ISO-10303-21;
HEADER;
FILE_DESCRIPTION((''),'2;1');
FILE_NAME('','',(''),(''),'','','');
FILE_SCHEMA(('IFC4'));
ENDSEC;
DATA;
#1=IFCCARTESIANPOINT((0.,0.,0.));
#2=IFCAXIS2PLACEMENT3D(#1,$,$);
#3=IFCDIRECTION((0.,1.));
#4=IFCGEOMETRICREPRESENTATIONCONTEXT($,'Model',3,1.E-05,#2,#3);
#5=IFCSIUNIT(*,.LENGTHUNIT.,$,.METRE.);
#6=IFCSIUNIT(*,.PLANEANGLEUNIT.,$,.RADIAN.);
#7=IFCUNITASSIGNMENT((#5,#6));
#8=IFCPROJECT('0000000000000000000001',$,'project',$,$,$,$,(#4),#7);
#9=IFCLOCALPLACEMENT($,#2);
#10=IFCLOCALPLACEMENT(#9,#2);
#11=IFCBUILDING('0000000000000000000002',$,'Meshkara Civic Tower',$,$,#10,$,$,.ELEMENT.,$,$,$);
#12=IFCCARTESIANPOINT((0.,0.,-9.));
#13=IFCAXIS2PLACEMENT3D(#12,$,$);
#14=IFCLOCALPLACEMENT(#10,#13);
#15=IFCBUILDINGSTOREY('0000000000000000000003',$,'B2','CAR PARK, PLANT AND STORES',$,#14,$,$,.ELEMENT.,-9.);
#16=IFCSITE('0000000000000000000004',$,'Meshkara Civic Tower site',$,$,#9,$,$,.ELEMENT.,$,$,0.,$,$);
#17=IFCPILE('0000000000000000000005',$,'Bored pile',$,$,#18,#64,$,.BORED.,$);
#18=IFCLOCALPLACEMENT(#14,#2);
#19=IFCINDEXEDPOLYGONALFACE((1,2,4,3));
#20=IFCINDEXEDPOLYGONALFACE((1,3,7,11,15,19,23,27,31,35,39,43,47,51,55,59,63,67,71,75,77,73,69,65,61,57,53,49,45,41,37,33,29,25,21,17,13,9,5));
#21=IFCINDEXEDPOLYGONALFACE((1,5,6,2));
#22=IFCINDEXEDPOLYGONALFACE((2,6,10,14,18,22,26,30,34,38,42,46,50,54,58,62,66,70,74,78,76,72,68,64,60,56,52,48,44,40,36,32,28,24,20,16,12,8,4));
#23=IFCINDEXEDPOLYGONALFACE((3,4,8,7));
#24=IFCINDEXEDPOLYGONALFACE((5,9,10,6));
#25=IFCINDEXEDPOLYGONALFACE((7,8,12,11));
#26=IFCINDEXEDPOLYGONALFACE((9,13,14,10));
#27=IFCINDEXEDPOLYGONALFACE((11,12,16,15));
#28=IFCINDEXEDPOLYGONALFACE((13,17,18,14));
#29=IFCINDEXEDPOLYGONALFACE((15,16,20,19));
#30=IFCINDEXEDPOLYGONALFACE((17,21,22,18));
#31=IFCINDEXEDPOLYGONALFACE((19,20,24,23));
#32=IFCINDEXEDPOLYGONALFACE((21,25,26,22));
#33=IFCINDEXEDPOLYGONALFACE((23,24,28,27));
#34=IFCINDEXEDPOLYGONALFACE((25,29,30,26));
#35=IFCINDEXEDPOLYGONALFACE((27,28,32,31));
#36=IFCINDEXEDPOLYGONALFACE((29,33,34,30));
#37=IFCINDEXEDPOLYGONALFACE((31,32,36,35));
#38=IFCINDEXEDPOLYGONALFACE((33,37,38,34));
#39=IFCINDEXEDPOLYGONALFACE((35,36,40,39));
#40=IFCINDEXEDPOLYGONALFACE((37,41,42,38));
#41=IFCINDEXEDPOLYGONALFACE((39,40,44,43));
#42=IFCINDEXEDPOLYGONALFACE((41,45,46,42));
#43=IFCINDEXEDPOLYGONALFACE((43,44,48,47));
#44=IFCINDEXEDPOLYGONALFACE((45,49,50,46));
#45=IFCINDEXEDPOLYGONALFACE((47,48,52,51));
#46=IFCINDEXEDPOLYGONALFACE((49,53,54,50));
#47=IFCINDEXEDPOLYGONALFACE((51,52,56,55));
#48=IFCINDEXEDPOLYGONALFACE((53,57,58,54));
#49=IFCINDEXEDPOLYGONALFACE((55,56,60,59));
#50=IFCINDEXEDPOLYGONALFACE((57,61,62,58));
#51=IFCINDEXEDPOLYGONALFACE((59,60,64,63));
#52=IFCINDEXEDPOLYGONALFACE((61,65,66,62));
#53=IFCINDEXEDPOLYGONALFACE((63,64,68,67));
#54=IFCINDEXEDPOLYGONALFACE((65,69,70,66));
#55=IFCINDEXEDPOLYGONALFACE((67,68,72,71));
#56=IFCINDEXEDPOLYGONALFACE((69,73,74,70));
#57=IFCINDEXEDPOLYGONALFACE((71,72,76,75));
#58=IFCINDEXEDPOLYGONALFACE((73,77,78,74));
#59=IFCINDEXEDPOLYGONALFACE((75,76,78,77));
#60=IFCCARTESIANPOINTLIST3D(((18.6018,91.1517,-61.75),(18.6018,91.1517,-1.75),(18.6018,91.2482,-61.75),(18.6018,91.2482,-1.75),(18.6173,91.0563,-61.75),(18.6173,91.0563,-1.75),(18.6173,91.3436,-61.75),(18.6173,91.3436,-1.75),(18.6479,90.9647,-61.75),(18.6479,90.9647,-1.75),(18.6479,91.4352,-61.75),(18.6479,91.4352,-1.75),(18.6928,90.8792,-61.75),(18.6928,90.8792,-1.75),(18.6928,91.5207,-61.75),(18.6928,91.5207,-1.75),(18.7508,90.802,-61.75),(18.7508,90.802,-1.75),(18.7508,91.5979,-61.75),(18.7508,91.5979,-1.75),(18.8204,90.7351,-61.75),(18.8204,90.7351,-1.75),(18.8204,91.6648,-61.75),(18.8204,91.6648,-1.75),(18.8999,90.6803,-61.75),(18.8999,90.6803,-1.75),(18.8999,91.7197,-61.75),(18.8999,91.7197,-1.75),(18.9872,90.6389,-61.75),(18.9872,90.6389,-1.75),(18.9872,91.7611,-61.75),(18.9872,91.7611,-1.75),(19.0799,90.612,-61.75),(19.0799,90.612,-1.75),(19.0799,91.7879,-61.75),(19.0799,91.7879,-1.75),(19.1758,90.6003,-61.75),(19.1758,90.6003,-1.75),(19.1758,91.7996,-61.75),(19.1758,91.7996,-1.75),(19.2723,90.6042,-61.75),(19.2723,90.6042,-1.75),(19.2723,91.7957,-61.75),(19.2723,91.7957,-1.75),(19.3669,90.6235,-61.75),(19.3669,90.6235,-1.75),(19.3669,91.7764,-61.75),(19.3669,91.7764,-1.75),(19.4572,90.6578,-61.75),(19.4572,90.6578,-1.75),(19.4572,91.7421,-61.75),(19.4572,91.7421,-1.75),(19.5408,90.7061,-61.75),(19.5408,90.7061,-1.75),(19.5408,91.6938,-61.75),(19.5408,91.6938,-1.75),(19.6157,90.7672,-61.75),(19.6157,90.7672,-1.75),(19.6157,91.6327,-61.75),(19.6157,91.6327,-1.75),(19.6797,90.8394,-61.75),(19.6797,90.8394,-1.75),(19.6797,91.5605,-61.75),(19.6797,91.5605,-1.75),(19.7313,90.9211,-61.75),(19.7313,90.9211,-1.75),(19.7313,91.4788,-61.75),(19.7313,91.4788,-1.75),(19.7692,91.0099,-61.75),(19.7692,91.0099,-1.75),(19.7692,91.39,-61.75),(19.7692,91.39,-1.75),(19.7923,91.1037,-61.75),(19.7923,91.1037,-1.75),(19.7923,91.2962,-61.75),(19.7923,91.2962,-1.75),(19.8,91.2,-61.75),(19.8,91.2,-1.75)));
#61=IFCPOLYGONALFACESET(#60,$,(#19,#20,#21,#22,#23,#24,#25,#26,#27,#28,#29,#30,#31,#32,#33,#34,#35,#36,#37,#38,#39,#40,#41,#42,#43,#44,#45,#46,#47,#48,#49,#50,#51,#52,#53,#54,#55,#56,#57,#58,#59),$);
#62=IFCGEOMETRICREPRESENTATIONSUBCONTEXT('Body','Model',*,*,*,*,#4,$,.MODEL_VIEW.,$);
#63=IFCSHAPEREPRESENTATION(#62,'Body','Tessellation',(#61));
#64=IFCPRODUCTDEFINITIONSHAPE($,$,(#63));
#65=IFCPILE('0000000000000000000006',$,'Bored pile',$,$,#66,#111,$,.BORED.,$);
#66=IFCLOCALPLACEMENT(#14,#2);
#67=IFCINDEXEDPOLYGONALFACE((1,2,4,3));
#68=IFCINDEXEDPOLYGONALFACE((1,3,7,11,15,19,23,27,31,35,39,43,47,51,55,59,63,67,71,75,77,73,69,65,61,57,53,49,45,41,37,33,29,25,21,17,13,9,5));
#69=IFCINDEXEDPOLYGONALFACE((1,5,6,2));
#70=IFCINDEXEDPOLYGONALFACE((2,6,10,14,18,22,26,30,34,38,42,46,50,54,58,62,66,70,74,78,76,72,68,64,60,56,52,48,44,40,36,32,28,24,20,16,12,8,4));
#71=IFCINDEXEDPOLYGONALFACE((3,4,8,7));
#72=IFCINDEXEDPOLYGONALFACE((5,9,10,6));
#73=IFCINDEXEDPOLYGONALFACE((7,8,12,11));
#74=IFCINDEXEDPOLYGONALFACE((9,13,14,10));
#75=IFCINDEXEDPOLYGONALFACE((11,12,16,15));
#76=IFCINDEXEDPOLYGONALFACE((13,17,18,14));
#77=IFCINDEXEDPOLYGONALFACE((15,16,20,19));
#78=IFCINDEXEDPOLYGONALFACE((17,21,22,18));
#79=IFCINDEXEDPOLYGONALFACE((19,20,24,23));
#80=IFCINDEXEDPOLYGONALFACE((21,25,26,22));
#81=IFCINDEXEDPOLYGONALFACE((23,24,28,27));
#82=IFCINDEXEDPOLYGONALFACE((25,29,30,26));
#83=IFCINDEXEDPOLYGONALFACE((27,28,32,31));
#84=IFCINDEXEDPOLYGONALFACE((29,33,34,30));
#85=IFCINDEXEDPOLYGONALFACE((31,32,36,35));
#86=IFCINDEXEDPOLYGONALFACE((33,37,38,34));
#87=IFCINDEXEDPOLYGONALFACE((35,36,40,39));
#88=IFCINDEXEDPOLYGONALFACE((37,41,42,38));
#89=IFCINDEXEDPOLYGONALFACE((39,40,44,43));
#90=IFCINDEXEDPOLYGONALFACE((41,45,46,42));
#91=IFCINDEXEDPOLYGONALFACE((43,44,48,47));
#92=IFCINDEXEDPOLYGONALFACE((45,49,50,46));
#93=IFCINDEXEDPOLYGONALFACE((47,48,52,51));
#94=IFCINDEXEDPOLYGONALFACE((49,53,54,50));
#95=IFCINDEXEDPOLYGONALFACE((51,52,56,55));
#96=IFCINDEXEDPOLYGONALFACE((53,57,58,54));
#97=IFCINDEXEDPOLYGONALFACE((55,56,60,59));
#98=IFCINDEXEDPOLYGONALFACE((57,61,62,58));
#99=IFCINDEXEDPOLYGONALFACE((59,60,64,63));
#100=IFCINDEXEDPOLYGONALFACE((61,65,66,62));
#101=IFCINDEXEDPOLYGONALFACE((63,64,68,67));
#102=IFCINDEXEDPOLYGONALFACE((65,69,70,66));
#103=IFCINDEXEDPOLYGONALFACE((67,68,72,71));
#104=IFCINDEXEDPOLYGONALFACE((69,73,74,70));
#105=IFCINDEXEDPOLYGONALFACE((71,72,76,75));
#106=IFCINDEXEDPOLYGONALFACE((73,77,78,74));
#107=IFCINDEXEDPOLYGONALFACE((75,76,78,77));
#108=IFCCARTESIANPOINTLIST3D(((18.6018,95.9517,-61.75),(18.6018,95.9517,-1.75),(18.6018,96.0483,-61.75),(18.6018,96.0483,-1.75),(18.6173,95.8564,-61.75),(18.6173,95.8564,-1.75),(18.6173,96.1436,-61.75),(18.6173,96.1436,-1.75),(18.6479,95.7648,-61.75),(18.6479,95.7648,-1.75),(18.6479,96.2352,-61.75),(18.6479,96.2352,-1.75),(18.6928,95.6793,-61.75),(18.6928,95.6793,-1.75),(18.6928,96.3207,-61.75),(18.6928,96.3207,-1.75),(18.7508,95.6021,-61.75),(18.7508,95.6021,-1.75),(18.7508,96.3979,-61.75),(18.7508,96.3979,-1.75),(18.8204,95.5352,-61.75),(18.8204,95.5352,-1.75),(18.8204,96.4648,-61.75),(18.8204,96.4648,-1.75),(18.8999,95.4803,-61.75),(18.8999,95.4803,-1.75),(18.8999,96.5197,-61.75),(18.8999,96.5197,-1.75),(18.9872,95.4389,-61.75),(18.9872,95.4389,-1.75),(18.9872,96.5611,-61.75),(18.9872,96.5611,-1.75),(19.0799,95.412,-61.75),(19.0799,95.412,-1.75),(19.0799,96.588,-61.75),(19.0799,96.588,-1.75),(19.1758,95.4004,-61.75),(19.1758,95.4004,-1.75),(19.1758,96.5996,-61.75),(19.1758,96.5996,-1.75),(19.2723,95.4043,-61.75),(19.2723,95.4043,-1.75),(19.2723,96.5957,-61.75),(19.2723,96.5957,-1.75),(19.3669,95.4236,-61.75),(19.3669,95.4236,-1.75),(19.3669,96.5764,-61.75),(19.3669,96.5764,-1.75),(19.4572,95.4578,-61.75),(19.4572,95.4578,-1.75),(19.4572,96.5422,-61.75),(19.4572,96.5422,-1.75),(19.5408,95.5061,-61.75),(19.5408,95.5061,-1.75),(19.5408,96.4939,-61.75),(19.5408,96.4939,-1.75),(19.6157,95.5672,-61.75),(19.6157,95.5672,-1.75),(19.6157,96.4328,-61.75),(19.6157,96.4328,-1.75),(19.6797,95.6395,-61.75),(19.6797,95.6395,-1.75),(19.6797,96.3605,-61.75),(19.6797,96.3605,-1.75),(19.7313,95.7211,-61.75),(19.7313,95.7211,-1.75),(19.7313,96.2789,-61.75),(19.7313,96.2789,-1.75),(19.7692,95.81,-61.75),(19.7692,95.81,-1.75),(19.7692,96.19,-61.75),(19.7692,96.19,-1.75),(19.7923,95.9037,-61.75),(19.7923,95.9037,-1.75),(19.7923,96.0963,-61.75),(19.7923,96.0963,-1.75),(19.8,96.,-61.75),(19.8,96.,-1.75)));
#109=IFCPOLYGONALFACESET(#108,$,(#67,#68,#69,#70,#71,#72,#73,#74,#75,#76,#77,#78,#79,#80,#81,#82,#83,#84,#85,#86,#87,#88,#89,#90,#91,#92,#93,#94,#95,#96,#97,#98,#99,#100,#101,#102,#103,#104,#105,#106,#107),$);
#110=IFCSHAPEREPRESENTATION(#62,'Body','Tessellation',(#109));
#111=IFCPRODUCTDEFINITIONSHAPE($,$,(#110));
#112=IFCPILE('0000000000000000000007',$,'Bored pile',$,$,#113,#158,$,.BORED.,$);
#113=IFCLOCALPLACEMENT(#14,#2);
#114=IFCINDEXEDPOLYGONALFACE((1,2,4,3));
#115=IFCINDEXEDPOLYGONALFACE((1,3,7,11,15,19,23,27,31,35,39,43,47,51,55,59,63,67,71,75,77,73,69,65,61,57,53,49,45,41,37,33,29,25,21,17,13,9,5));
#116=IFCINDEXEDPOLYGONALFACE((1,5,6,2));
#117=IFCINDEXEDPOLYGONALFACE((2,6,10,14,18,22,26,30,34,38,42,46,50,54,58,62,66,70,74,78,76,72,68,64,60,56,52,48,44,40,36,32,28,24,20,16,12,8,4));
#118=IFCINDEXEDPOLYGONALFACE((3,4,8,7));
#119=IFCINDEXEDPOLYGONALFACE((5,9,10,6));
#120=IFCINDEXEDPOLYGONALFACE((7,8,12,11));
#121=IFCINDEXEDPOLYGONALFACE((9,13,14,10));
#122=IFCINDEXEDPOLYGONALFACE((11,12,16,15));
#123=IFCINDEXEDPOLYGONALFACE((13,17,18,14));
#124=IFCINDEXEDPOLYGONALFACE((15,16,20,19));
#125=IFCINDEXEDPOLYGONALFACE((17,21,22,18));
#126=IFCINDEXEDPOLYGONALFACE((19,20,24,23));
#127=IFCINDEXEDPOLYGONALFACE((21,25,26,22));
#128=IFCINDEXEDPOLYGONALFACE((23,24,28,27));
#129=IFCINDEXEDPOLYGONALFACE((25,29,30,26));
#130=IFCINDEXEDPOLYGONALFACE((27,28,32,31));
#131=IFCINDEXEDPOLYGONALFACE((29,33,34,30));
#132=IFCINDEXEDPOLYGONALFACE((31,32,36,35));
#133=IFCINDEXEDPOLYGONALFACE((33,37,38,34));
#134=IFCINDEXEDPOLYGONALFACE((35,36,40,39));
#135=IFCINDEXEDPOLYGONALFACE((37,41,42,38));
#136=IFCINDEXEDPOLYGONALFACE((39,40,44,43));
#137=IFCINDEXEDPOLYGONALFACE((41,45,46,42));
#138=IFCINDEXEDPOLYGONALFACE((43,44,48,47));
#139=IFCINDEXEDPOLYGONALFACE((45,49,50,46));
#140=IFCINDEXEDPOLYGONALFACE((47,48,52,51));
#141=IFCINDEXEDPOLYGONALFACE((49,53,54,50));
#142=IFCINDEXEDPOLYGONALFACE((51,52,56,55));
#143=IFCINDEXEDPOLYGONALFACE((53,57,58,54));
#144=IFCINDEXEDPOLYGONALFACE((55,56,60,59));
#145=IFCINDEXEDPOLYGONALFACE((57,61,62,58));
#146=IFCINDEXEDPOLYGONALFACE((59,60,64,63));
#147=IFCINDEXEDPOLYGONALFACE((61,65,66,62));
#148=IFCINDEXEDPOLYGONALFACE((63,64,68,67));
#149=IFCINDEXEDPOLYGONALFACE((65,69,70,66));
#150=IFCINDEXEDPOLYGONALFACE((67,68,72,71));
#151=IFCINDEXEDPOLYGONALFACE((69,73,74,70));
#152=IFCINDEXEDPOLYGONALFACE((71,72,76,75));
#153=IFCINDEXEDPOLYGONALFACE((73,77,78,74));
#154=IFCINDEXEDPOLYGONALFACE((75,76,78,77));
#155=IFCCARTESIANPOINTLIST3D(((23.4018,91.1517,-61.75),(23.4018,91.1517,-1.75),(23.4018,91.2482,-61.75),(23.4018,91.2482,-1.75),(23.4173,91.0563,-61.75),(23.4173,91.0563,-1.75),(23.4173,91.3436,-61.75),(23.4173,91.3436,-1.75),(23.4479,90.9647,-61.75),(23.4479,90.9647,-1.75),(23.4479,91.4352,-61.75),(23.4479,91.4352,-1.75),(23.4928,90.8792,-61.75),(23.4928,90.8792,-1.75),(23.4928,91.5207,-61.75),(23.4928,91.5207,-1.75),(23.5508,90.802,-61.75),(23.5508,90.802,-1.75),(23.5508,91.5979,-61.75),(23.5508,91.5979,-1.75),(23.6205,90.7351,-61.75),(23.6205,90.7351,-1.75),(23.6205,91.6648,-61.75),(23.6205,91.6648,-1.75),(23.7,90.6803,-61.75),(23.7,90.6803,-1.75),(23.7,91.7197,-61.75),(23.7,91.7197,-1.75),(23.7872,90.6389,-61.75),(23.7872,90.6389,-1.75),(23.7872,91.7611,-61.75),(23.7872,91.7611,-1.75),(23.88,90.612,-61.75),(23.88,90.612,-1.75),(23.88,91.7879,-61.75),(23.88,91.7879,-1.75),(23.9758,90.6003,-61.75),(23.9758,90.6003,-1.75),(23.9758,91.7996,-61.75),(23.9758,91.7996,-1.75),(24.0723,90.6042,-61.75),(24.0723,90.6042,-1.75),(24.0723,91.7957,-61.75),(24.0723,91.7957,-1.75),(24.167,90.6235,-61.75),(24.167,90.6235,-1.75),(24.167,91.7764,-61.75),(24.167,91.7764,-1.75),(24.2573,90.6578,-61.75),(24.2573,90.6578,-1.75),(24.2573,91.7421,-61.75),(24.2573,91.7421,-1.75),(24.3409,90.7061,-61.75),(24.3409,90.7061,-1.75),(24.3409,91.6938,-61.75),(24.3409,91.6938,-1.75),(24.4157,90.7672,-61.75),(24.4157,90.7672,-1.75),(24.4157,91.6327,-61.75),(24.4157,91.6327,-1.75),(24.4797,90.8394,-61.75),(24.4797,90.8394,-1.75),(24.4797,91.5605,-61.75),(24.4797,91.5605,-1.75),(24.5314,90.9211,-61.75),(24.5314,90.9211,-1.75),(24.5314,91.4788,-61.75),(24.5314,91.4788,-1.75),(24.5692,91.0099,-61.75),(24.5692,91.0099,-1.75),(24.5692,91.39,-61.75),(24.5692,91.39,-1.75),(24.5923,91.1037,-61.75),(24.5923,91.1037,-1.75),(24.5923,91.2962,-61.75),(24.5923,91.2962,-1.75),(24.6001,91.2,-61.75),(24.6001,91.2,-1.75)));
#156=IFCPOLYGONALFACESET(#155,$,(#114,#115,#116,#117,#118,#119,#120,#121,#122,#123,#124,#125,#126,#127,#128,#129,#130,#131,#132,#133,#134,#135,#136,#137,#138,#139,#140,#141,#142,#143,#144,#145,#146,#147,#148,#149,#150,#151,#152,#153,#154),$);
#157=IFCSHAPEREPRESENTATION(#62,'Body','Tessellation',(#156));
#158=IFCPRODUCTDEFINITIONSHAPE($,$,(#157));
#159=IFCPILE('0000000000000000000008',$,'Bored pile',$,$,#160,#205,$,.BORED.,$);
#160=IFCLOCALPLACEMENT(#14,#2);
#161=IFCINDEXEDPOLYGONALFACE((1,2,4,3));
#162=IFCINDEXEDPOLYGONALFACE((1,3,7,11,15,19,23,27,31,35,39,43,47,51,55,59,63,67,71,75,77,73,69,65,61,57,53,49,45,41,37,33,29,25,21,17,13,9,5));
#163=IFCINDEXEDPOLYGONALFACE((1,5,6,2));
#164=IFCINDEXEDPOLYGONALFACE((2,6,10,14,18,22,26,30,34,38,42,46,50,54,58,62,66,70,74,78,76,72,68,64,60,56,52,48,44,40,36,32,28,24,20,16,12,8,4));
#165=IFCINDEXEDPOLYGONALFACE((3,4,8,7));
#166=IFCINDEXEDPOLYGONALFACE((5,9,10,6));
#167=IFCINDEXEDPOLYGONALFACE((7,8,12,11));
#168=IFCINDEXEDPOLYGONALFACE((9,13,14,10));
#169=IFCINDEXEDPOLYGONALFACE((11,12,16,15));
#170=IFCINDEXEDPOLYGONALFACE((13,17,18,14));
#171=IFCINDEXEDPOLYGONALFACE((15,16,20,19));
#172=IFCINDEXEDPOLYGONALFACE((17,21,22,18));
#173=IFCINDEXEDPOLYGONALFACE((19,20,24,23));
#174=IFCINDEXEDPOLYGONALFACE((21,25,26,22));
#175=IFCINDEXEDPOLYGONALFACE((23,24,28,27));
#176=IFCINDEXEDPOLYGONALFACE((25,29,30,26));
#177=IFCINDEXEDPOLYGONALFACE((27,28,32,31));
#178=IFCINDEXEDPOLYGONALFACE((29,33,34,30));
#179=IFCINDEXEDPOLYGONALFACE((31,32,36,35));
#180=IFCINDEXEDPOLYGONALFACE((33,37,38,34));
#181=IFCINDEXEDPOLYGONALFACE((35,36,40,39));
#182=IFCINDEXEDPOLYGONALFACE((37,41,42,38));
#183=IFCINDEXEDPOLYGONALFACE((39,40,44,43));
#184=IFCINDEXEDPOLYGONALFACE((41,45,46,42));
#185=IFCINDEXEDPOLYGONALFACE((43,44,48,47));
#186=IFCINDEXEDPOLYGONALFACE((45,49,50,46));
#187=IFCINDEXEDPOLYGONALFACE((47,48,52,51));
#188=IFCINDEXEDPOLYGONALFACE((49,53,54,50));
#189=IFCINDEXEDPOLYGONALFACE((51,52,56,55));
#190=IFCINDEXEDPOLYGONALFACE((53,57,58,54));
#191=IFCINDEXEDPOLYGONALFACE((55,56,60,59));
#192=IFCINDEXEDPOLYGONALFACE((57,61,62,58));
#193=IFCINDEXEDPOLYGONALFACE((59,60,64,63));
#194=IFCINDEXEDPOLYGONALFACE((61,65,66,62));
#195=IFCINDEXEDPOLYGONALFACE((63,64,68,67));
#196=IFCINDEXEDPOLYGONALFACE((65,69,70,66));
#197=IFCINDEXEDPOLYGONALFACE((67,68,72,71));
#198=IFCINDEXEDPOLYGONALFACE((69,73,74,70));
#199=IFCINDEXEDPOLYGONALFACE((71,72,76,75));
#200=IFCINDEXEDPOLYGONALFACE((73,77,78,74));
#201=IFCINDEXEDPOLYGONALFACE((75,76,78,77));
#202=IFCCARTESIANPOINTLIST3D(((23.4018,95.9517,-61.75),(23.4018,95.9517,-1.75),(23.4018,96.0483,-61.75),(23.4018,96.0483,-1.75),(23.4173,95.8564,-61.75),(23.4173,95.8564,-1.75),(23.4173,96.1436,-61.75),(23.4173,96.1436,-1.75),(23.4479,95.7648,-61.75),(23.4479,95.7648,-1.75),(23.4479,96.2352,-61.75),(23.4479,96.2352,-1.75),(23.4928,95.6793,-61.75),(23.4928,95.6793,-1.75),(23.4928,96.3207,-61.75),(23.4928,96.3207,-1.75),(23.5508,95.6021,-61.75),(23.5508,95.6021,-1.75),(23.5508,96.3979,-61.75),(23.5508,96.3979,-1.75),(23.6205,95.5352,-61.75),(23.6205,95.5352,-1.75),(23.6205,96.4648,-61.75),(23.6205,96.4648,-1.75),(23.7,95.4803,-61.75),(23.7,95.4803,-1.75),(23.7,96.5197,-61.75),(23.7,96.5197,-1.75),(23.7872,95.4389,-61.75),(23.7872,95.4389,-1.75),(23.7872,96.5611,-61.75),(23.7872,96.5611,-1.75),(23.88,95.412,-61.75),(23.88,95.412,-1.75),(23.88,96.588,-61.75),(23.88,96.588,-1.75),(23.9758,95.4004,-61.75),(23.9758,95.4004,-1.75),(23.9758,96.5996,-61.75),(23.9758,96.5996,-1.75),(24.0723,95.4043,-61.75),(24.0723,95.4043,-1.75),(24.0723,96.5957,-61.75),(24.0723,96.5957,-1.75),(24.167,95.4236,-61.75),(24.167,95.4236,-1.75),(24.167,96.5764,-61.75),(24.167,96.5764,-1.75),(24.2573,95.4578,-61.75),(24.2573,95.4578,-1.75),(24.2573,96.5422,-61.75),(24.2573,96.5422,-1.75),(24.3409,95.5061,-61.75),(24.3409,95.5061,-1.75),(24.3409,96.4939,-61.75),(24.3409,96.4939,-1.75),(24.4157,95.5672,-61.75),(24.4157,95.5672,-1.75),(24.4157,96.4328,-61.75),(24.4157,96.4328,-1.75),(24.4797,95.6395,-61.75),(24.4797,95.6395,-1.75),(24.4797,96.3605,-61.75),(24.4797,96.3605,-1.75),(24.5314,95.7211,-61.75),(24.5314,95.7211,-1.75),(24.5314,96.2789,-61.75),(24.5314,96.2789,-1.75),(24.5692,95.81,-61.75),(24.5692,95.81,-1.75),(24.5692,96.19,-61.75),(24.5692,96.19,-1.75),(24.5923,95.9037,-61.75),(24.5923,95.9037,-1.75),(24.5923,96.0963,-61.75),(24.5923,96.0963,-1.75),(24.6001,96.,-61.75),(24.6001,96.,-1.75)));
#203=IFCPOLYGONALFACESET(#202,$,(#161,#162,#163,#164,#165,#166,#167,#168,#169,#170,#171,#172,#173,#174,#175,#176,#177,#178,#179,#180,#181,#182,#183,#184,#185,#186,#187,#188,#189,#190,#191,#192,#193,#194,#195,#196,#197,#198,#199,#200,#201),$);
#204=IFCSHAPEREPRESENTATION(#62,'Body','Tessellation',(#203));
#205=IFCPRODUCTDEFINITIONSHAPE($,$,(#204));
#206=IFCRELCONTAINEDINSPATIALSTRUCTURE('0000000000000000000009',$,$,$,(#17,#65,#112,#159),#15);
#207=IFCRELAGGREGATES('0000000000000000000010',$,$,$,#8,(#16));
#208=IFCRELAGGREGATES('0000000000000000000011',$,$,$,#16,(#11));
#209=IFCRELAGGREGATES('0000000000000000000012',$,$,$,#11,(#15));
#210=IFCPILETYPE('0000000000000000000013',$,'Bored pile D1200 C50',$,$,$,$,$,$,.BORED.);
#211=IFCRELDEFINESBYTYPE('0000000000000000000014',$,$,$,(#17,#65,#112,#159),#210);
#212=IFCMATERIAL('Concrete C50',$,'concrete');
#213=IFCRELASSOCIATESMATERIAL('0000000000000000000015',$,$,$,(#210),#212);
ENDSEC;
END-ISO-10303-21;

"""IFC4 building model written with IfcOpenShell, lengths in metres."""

from ifc_helpers import new_model, si_unit, direction, frame, origin, origin_2d, place, context, subcontext, project, spatial, circle, extrude, material, material_profile, profile_set, type_object, element, save


model = new_model("IFC4")

# Units and contexts
model_context = context("Model", 3, precision=1e-05, world=origin(), true_north=direction((0.0, 1.0)))
body_context = subcontext(model_context, "Body", "Model", "MODEL_VIEW")
ifc_project = project(units=[si_unit("LENGTHUNIT", "METRE"), si_unit("PLANEANGLEUNIT", "RADIAN")], contexts=[model_context])

# Site, building, storey
site_placement = place(None, origin())
site = spatial("IfcSite", under=ifc_project, at=site_placement, Name="Meshkara Civic Tower site", CompositionType="ELEMENT", RefElevation=0.0)
building_placement = place(site_placement, origin())
building = spatial("IfcBuilding", under=site, at=building_placement, Name="Meshkara Civic Tower", CompositionType="ELEMENT")
storey_placement = place(building_placement, frame((0.0, 0.0, -9.0)))
storey = spatial("IfcBuildingStorey", under=building, at=storey_placement, Name="B2", Description="CAR PARK, PLANT AND STORES", CompositionType="ELEMENT", Elevation=-9.0)

# Piles
ifc_material_1 = material(Name="Concrete C50", Category="concrete")
ifc_material_profile_1 = material_profile(ifc_material_1, circle(Radius=0.6001, at=origin_2d()))
ifc_profile_set_1 = profile_set([ifc_material_profile_1], Name="Concrete C50")
pile_type = type_object("IfcPileType", Name="Bored pile D1200 C50", PredefinedType="BORED", material=ifc_profile_set_1)
for number, where, z_axis, x_axis, name in (
    (1, (19.2, 91.2, -1.75), (0.0, 0.0, -1.0), (1.0, 0.0, 0.0), "Bored pile"),
    (2, (19.2, 96.0, -1.75), (0.0, 0.0, -1.0), (1.0, 0.0, 0.0), "Bored pile"),
    (3, (24.0, 91.2, -1.75), (0.0, 0.0, -1.0), (1.0, 0.0, 0.0), "Bored pile"),
    (4, (24.0, 96.0, -1.75), (0.0, 0.0, -1.0), (1.0, 0.0, 0.0), "Bored pile"),
):
    element("IfcPile", number, at=place(storey_placement, frame(where, z_axis=z_axis, x_axis=x_axis)), inside=storey, type_object=pile_type, Name=name, PredefinedType="BORED", context=body_context, shape_type="SweptSolid", body=[
        extrude(circle(Radius=0.6001, at=origin_2d()), origin(), (0.0, 0.0, 1.0), 60.0),
    ])

save(model, "model.ifc")
